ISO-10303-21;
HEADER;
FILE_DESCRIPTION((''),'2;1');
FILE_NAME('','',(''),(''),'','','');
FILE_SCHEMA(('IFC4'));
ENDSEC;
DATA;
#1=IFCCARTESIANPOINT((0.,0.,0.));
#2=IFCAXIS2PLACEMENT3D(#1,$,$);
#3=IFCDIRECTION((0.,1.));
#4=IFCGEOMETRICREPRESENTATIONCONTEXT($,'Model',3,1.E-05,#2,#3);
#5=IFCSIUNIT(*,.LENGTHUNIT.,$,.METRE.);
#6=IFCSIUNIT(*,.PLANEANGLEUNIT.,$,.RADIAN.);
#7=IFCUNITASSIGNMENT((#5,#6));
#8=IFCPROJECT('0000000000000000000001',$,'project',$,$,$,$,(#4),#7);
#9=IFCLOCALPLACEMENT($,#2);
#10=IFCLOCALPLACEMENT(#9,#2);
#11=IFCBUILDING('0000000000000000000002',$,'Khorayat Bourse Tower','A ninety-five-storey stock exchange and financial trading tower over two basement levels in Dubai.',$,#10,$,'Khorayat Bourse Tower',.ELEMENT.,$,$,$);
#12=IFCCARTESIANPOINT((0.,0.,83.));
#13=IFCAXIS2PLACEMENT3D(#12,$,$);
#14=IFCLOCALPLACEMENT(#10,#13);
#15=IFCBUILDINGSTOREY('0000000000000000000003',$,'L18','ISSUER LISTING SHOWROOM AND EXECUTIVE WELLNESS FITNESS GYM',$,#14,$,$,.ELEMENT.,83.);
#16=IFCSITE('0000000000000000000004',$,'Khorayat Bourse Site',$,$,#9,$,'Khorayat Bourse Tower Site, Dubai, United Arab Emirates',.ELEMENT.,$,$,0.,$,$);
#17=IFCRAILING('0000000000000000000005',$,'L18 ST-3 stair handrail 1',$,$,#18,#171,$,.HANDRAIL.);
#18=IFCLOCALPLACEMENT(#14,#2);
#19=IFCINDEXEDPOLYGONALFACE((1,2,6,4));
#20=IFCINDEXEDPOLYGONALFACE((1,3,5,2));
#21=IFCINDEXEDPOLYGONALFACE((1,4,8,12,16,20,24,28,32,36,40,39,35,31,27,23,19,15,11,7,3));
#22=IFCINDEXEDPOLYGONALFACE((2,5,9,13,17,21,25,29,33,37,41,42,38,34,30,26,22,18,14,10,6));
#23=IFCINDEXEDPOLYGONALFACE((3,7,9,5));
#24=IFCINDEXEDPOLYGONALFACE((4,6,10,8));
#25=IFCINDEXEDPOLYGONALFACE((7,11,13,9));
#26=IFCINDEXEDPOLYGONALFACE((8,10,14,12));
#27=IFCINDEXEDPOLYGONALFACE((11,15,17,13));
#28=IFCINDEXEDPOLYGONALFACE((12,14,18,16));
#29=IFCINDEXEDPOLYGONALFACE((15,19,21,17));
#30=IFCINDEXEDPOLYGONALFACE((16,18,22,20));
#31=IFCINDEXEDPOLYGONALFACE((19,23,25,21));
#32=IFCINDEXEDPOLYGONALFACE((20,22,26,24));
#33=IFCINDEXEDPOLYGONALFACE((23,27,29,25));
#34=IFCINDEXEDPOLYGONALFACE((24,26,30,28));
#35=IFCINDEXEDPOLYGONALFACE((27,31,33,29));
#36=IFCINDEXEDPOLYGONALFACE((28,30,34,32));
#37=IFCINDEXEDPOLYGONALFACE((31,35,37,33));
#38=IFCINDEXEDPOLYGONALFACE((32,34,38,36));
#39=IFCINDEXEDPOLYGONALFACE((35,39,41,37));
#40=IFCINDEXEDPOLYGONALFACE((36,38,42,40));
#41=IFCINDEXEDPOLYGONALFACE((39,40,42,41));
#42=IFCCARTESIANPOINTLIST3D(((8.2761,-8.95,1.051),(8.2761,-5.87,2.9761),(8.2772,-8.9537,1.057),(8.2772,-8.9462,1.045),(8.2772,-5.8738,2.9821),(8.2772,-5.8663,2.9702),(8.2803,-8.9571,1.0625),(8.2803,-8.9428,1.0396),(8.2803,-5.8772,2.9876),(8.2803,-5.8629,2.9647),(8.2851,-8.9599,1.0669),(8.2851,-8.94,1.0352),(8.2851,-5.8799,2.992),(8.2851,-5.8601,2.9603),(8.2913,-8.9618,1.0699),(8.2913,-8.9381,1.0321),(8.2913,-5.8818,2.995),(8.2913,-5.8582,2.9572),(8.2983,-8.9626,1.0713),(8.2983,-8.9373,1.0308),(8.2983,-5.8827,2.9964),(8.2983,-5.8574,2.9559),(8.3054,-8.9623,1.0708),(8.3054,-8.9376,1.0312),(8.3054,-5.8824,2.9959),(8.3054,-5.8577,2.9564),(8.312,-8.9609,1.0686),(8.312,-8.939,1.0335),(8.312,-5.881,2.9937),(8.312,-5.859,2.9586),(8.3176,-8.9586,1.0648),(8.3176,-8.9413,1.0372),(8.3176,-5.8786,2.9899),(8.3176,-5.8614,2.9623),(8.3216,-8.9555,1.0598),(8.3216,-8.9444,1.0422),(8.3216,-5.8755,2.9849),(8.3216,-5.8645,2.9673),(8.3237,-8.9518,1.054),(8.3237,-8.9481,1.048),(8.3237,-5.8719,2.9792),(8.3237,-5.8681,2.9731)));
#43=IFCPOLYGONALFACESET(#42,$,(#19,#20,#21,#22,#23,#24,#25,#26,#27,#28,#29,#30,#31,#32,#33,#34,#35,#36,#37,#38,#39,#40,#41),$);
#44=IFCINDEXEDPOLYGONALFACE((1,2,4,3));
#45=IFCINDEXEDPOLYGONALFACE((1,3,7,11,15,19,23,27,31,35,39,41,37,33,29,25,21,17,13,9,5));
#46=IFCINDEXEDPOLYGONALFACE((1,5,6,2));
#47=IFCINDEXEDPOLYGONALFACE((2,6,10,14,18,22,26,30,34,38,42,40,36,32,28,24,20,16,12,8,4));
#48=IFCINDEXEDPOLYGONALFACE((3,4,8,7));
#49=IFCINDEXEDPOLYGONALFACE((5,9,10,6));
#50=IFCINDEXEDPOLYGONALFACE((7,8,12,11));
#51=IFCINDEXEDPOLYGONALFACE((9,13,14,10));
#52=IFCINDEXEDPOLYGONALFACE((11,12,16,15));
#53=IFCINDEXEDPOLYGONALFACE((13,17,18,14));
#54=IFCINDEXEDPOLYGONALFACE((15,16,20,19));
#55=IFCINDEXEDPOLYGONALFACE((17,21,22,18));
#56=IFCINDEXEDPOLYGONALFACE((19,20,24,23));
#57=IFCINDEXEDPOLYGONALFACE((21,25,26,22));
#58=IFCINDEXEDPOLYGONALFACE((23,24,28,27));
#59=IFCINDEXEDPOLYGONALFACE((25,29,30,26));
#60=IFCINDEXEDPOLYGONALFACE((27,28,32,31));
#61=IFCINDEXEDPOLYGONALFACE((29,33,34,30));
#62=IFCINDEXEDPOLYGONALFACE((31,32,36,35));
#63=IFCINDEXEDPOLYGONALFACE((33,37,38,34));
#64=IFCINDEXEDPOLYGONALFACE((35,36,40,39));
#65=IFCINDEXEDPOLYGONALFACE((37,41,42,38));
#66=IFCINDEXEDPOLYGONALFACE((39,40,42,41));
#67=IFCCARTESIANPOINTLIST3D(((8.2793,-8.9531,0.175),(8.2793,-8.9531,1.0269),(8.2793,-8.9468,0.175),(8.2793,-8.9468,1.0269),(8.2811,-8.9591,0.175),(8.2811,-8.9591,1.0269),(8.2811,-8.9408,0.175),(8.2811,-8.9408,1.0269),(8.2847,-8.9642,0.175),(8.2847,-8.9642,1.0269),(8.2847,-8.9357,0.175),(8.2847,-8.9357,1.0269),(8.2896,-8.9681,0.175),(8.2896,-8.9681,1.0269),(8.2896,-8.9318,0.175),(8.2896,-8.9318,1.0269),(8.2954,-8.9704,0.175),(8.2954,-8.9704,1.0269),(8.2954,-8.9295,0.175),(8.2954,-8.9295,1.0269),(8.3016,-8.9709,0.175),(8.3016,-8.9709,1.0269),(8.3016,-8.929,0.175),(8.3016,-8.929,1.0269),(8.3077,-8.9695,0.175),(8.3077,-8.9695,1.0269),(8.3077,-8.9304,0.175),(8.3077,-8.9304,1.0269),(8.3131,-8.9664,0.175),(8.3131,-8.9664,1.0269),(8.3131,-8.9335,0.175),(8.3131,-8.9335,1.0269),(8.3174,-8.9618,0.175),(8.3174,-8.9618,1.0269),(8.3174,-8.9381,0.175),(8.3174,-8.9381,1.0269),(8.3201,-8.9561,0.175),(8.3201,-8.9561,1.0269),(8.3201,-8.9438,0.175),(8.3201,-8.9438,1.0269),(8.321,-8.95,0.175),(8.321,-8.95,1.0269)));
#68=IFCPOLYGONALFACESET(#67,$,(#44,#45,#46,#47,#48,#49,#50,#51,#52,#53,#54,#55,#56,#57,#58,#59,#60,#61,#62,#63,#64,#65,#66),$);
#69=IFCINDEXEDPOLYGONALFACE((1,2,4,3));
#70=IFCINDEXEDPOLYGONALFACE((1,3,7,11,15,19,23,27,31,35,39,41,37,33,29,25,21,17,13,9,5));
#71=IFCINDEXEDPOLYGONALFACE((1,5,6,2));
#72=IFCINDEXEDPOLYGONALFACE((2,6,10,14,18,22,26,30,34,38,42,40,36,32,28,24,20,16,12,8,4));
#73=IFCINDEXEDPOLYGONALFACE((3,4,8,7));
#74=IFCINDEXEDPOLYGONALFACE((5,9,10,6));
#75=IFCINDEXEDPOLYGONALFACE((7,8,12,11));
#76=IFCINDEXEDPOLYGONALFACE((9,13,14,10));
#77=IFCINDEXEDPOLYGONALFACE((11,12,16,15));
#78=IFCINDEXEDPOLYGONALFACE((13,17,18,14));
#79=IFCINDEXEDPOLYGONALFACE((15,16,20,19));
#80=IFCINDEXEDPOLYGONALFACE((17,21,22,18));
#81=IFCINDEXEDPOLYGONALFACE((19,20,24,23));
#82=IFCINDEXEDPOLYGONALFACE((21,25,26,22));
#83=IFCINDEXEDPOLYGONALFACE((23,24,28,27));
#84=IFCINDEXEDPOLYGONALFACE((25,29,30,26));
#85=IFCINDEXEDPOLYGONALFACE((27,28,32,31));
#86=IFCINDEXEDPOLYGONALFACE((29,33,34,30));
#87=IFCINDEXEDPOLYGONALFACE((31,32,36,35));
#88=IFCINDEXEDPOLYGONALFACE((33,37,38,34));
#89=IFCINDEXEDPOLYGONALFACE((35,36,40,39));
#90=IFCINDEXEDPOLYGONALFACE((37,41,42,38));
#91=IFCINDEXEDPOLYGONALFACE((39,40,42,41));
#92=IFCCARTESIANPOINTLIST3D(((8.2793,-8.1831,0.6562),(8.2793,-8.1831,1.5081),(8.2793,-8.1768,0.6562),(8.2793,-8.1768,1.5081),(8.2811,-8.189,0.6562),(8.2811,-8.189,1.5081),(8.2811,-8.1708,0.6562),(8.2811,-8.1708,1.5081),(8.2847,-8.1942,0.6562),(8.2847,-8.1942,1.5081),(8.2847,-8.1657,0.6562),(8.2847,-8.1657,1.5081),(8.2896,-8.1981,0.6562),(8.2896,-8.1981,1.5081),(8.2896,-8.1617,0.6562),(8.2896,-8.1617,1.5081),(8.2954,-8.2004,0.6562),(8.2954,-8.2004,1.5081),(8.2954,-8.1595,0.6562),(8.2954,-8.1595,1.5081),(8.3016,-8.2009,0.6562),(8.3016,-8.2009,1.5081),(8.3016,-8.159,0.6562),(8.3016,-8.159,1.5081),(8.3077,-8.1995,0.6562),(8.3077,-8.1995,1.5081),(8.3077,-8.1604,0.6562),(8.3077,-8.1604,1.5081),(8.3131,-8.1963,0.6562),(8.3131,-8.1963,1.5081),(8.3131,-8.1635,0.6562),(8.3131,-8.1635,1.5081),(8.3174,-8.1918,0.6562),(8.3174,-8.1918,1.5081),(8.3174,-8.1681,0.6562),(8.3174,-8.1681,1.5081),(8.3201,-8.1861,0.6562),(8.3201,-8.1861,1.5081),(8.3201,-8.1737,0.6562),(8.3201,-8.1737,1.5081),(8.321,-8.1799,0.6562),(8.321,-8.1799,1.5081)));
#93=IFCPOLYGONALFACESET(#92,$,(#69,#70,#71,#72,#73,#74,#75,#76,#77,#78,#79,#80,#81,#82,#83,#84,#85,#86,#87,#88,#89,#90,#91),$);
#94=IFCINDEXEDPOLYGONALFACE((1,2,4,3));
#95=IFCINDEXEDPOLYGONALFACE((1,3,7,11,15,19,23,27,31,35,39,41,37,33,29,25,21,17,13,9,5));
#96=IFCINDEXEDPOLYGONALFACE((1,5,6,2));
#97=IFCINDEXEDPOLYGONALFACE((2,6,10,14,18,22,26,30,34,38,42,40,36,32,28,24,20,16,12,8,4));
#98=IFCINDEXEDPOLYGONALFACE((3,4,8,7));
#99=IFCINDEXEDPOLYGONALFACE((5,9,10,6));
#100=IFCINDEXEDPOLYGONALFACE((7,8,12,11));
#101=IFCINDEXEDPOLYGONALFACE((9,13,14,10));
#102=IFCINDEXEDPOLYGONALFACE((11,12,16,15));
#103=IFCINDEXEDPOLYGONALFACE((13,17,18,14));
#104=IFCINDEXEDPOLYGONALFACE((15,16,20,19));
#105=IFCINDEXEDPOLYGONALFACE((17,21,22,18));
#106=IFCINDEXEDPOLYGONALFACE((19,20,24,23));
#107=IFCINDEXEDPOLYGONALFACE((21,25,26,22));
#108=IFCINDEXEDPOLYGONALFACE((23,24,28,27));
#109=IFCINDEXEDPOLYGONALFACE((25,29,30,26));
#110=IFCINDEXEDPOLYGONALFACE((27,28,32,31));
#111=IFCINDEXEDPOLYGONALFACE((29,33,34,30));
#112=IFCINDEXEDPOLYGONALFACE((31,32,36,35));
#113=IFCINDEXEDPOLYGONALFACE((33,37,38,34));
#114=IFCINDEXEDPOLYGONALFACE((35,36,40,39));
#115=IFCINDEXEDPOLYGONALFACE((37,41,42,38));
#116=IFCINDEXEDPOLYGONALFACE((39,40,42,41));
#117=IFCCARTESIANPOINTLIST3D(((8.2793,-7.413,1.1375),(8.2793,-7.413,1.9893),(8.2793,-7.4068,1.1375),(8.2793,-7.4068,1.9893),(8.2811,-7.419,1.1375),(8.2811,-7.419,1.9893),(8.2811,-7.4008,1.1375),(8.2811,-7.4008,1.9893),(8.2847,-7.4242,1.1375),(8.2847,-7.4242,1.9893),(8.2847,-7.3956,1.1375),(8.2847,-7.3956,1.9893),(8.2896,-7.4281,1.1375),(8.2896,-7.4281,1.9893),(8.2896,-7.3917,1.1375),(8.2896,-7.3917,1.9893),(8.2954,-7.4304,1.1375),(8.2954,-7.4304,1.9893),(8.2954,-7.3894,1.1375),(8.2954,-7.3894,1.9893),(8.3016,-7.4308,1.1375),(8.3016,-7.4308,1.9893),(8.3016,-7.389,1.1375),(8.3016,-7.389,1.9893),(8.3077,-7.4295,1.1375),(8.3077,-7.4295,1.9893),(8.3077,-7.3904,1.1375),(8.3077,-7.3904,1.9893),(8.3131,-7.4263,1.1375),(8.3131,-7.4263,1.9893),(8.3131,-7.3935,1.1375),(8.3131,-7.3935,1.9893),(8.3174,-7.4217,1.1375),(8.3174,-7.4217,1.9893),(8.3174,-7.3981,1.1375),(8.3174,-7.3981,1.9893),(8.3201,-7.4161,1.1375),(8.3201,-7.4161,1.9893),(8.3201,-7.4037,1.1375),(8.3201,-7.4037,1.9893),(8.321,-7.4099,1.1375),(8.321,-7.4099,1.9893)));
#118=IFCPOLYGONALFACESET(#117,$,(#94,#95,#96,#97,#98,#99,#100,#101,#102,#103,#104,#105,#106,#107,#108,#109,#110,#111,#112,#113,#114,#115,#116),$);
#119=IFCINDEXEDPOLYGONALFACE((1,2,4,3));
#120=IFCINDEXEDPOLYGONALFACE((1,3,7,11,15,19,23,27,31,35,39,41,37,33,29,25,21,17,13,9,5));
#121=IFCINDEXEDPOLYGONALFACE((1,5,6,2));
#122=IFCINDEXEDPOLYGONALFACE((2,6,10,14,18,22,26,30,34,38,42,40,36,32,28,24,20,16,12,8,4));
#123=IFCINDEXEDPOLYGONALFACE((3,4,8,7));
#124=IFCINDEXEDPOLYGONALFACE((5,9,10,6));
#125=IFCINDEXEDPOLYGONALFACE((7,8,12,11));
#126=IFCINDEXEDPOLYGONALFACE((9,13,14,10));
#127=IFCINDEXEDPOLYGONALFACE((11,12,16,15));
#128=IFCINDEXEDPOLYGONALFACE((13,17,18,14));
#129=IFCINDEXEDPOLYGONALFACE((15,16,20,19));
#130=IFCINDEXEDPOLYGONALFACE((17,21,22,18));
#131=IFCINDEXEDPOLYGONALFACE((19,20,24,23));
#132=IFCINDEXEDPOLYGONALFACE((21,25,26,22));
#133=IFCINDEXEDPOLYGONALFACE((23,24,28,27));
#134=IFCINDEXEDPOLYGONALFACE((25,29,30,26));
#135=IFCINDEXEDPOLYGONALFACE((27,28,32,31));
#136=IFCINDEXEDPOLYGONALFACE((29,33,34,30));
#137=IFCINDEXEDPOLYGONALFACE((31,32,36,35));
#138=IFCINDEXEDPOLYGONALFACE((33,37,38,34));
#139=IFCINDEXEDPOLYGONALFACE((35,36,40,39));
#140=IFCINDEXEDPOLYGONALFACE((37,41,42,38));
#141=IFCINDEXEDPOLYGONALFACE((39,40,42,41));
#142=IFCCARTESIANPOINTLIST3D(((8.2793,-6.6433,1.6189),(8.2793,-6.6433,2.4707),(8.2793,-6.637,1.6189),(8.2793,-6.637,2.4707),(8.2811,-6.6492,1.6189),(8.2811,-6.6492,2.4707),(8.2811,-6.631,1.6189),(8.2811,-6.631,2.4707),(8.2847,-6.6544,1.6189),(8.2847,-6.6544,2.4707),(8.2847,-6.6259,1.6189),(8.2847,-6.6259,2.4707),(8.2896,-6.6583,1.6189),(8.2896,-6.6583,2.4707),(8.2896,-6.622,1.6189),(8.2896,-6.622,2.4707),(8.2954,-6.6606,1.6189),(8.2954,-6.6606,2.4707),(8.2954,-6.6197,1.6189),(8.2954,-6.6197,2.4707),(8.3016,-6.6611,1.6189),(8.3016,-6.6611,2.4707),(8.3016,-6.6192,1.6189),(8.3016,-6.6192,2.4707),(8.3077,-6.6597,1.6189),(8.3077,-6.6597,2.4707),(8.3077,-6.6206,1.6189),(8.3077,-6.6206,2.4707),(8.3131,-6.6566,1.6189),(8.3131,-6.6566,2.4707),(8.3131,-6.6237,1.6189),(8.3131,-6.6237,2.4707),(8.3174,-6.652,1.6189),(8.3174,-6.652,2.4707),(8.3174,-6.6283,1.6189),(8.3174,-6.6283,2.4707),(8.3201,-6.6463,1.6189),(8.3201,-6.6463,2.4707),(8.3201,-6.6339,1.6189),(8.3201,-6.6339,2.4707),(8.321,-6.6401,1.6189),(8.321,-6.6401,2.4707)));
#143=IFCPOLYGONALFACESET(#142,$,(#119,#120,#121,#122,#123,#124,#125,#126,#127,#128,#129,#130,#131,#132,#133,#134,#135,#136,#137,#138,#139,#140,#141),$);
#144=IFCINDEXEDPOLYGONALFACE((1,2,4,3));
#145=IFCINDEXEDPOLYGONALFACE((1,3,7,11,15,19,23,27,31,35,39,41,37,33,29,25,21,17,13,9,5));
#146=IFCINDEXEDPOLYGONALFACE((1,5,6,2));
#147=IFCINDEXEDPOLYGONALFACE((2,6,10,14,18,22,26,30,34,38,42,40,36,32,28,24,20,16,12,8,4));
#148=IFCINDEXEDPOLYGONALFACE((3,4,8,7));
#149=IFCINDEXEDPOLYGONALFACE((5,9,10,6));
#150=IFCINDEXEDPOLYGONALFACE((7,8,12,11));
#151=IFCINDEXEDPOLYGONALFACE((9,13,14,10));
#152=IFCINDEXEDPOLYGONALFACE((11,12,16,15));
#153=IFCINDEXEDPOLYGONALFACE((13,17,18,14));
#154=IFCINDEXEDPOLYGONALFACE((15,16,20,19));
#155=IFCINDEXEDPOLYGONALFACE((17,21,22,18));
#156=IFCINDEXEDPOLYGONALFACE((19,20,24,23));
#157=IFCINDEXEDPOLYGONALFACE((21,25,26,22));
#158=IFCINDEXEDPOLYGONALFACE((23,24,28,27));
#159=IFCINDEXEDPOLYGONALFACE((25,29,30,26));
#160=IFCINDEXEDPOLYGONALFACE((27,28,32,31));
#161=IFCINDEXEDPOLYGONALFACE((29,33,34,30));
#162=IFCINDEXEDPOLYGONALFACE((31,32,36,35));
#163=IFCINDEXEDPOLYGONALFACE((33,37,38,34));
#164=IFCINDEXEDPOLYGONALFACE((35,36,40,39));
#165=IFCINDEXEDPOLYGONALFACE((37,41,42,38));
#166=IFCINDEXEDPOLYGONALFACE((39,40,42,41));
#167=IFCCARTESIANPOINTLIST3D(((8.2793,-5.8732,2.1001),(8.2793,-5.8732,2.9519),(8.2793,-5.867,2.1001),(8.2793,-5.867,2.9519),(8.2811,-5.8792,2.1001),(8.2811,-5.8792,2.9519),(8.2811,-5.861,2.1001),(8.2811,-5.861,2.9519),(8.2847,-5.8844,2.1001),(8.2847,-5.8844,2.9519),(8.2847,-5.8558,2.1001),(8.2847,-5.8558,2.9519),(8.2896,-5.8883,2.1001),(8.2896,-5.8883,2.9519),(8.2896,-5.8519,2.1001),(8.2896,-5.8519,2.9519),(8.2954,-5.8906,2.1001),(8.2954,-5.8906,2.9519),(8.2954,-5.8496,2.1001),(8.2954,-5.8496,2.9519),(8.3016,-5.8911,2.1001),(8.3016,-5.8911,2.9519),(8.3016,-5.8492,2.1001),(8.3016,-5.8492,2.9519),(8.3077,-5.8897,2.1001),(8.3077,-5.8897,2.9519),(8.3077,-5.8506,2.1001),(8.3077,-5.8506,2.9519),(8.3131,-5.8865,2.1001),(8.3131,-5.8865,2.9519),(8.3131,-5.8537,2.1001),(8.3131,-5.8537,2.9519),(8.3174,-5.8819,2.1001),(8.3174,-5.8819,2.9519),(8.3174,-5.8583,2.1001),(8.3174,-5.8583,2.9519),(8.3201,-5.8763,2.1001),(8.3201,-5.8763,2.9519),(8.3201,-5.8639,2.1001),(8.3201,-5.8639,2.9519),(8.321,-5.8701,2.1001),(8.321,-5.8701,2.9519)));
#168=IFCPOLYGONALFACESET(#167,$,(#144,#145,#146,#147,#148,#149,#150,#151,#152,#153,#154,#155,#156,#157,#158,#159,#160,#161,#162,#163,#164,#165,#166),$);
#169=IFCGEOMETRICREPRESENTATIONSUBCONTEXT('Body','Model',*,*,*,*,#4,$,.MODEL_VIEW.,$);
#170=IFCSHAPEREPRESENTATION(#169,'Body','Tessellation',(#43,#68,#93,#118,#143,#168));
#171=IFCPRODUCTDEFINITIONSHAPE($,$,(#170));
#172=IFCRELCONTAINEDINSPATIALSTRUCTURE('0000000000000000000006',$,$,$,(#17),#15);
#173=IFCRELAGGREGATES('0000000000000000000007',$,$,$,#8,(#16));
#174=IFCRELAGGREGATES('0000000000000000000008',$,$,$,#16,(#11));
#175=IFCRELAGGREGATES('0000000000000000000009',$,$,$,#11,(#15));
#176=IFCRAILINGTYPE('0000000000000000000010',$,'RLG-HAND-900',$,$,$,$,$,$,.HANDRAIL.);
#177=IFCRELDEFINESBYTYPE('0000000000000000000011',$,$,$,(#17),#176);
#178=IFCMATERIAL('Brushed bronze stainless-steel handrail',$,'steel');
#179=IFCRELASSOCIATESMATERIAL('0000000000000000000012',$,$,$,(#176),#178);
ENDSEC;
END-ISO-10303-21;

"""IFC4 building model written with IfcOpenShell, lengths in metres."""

from ifc_helpers import new_model, si_unit, direction, frame, origin, origin_2d, place, context, subcontext, project, spatial, circle, extrude, source, transform, mapped, material, type_object, element, save


model = new_model("IFC4")

# Units and contexts
model_context = context("Model", 3, precision=1e-05, world=origin(), true_north=direction((0.0, 1.0)))
body_context = subcontext(model_context, "Body", "Model", "MODEL_VIEW")
ifc_project = project(units=[si_unit("LENGTHUNIT", "METRE"), si_unit("PLANEANGLEUNIT", "RADIAN")], contexts=[model_context])

# Site, building, storey
site_placement = place(None, origin())
site = spatial("IfcSite", under=ifc_project, at=site_placement, Name="Khorayat Bourse Site", LongName="Khorayat Bourse Tower Site, Dubai, United Arab Emirates", CompositionType="ELEMENT", RefElevation=0.0)
building_placement = place(site_placement, origin())
building = spatial("IfcBuilding", under=site, at=building_placement, Name="Khorayat Bourse Tower", Description="A ninety-five-storey stock exchange and financial trading tower over two basement levels in Dubai.", LongName="Khorayat Bourse Tower", CompositionType="ELEMENT")
storey_placement = place(building_placement, frame((0.0, 0.0, 83.0)))
storey = spatial("IfcBuildingStorey", under=building, at=storey_placement, Name="L18", Description="ISSUER LISTING SHOWROOM AND EXECUTIVE WELLNESS FITNESS GYM", CompositionType="ELEMENT", Elevation=83.0)

# Railing
ifc_material_1 = material(Name="Brushed bronze stainless-steel handrail", Category="steel")
railing_type_1 = type_object("IfcRailingType", Name="RLG-HAND-900", PredefinedType="HANDRAIL", material=ifc_material_1)
shared_shape_1 = source(origin(), body_context, "Body", "SweptSolid", [
    extrude(circle(Radius=0.0239, at=origin_2d()), frame((0.0, 0.0, 0.876), z_axis=(0.0, 0.847979, 0.530029), x_axis=(-1.0, 0.0, 0.0)), (0.0, 0.0, 1.0), 3.6321),
    extrude(circle(Radius=0.021, at=origin_2d()), origin(), (0.0, 0.0, 1.0), 0.8518),
    extrude(circle(Radius=0.021, at=origin_2d()), frame((0.0, 0.77, 0.4812)), (0.0, 0.0, 1.0), 0.8518),
    extrude(circle(Radius=0.021, at=origin_2d()), frame((0.0, 1.54, 0.9624)), (0.0, 0.0, 1.0), 0.8518),
    extrude(circle(Radius=0.021, at=origin_2d()), frame((0.0, 2.3098, 1.4438)), (0.0, 0.0, 1.0), 0.8518),
    extrude(circle(Radius=0.021, at=origin_2d()), frame((0.0, 3.0798, 1.925)), (0.0, 0.0, 1.0), 0.8518),
])
railing_1_placement = place(storey_placement, frame((8.3, -8.95, 0.175)))
element("IfcRailing", 1, at=railing_1_placement, inside=storey, type_object=railing_type_1, Name="L18 ST-3 stair handrail 1", PredefinedType="HANDRAIL", context=body_context, shape_type="MappedRepresentation", body=[
    mapped(shared_shape_1, transform((0.0, 0.0, 0.0), scale=1.0)),
])

save(model, "model.ifc")
